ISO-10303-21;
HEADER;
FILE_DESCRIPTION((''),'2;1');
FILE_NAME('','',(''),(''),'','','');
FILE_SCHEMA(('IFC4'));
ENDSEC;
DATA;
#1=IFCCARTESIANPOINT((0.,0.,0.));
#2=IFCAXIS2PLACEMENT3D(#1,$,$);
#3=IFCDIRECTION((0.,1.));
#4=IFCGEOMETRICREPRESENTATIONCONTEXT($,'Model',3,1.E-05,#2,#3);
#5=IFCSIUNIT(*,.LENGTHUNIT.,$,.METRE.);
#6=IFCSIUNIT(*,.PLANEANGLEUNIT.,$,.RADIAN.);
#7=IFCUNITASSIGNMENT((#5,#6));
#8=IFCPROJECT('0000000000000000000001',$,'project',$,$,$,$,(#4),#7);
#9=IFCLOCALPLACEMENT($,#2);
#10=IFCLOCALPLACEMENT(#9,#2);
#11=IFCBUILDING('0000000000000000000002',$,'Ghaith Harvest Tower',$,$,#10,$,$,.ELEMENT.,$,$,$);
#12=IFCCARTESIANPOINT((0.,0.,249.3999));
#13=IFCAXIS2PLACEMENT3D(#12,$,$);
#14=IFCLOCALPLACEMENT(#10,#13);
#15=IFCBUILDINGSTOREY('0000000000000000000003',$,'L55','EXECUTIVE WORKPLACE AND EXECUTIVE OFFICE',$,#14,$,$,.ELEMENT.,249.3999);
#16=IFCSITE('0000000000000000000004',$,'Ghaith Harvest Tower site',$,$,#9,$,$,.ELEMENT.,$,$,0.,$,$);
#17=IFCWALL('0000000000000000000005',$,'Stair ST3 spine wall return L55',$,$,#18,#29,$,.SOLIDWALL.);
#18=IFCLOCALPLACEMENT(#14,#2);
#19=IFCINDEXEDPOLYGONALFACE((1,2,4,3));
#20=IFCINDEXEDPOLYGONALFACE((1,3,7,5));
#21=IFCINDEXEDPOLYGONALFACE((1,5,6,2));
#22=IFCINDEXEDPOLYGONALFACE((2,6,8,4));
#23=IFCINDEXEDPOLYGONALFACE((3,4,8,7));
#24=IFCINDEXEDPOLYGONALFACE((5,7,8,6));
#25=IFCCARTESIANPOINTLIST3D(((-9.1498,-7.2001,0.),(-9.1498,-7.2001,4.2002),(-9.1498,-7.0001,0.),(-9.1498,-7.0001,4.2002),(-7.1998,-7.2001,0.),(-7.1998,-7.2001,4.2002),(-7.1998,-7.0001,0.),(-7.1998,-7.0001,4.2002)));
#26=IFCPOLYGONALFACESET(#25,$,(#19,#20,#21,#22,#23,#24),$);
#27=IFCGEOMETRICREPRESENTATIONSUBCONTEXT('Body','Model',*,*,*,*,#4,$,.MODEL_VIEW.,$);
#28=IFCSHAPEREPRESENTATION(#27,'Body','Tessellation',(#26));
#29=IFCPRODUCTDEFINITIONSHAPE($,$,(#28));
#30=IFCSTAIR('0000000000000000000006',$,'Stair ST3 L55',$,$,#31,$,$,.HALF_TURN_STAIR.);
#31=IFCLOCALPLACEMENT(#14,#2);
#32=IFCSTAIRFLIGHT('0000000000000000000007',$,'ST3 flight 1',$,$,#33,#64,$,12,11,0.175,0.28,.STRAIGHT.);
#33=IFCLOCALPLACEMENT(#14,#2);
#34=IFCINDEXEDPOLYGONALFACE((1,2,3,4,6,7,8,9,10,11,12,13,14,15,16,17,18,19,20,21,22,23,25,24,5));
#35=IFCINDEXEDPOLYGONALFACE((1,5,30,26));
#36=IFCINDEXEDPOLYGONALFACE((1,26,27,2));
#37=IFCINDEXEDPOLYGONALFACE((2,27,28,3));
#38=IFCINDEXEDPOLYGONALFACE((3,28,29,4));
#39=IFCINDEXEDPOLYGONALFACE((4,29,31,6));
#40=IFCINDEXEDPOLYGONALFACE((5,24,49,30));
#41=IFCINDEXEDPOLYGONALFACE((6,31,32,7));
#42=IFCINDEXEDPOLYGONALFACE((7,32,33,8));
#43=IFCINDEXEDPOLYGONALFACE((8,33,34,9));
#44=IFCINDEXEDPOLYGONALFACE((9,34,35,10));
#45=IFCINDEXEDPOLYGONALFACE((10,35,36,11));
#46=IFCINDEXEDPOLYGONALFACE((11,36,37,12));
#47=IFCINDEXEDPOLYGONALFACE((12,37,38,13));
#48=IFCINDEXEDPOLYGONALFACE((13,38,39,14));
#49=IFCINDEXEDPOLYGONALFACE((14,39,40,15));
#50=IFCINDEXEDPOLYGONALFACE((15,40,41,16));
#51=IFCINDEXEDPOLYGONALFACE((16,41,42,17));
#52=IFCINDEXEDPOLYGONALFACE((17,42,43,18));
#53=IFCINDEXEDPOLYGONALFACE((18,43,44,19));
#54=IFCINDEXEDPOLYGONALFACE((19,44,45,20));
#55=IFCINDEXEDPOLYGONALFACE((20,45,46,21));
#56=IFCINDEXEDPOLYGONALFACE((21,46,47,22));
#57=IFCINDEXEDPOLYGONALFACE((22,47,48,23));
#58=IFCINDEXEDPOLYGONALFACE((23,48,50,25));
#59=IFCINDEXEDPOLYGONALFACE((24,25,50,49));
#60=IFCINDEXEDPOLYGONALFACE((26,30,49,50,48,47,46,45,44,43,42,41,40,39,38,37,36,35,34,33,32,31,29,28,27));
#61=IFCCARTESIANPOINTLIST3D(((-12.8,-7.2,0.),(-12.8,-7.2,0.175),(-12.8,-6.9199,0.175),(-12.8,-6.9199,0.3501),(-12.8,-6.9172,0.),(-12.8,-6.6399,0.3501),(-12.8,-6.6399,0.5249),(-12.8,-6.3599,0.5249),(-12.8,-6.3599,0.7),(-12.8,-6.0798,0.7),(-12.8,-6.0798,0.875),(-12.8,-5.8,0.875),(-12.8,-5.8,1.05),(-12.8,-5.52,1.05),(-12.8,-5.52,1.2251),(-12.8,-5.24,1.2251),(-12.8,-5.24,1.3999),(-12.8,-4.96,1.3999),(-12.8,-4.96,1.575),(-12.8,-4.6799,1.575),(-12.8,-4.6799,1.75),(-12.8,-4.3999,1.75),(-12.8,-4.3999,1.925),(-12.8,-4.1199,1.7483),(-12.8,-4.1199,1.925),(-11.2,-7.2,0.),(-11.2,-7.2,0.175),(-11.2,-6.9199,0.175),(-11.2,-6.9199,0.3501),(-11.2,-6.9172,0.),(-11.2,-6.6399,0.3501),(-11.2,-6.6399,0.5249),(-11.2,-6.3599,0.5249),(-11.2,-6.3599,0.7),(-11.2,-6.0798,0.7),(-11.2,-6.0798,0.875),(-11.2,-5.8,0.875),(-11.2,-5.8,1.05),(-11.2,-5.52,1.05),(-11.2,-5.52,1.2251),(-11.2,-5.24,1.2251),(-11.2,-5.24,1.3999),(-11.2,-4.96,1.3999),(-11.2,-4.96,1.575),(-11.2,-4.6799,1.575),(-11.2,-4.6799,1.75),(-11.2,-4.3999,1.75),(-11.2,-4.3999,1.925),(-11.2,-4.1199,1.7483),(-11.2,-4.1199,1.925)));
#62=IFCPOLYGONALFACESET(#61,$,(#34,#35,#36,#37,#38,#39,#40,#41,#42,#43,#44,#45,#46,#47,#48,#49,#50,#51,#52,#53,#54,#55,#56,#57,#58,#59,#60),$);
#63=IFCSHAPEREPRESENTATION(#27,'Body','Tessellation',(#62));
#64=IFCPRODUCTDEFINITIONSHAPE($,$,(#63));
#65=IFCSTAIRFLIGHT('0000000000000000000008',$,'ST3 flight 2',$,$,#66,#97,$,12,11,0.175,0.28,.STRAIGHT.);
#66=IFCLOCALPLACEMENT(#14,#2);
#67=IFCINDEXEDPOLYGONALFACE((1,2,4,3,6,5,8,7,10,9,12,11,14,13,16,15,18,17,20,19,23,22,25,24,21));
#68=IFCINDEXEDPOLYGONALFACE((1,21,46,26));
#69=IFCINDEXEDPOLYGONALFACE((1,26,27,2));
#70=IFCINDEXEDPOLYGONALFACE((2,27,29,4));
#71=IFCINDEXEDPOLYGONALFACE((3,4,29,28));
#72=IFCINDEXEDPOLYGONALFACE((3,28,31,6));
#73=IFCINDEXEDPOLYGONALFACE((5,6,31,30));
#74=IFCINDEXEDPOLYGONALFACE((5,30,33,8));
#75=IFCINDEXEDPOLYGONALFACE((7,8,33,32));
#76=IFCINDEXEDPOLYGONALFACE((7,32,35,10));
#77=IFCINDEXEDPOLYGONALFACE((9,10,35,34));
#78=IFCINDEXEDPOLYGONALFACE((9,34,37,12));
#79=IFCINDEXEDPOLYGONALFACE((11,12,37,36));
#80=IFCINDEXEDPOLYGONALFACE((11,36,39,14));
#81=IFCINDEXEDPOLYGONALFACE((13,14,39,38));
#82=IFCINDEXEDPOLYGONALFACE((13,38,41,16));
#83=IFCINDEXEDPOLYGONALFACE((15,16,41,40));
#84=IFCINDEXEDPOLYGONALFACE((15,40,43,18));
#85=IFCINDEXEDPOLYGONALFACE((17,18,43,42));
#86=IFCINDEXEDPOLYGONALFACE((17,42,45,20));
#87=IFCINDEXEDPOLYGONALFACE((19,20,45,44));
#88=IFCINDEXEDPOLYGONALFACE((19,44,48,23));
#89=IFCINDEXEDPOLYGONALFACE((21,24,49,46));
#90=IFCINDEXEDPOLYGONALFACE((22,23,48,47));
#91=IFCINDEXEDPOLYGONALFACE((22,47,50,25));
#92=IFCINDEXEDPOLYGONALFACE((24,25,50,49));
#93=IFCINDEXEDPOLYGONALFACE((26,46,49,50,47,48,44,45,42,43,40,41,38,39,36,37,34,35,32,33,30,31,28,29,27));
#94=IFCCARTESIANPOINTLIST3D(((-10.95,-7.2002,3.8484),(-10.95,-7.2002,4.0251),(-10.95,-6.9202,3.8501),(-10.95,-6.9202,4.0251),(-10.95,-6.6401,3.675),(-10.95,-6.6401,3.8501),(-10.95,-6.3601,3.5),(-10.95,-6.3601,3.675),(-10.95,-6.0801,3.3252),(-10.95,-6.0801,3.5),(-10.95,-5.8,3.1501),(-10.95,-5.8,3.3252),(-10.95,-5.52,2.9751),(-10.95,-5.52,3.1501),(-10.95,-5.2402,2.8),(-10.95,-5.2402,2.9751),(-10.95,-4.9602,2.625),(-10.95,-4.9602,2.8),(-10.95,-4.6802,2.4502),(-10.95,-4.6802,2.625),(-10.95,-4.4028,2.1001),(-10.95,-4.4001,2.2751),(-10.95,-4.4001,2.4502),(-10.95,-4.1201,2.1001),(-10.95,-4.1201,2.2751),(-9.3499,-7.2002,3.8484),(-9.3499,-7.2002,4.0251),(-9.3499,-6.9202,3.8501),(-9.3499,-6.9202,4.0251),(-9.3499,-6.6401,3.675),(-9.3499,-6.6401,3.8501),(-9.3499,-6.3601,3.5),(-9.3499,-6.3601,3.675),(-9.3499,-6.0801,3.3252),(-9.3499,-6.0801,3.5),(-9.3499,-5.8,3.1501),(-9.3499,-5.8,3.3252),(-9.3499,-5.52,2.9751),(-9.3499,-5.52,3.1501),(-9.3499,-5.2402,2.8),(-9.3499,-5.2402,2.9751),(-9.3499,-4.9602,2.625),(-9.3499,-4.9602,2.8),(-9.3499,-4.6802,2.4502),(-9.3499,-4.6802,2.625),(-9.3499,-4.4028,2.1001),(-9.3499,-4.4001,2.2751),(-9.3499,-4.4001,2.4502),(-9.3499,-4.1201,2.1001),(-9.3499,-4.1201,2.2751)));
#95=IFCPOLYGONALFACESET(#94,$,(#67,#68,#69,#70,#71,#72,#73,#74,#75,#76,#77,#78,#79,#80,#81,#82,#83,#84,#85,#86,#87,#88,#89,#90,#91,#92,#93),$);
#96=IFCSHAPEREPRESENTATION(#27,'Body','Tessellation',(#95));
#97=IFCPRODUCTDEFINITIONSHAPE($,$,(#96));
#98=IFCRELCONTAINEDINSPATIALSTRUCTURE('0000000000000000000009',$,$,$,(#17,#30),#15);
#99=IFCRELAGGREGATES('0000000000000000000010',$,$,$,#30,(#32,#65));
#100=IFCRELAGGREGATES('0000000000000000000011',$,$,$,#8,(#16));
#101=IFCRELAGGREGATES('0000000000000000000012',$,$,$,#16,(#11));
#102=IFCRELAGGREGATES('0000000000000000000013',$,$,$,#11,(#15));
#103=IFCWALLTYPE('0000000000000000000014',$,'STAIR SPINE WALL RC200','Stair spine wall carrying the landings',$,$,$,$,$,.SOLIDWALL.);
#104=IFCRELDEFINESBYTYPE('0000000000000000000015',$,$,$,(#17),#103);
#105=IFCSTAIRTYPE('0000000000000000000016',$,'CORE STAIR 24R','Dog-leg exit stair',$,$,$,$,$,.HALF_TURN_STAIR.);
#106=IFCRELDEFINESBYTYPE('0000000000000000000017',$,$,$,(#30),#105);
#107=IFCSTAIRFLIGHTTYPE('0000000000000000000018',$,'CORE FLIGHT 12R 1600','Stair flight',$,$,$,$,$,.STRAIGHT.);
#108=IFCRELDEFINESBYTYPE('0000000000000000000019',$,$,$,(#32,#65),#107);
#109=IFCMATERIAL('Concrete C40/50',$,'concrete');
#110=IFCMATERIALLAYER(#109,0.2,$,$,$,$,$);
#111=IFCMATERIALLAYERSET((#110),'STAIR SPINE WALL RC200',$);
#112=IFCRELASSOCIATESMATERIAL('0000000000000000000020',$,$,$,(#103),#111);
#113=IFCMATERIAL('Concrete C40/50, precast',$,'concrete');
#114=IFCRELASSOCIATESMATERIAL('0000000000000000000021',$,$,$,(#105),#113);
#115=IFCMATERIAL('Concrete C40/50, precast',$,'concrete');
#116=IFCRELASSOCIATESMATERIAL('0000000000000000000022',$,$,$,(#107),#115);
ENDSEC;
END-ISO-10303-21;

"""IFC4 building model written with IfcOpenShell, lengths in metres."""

from ifc_helpers import new_model, si_unit, direction, frame, frame_2d, origin, place, context, subcontext, project, spatial, polyline, rectangle, outline, extrude, material, layer, layer_set, type_object, element, aggregate, save


model = new_model("IFC4")

# Units and contexts
model_context = context("Model", 3, precision=1e-05, world=origin(), true_north=direction((0.0, 1.0)))
body_context = subcontext(model_context, "Body", "Model", "MODEL_VIEW")
ifc_project = project(units=[si_unit("LENGTHUNIT", "METRE"), si_unit("PLANEANGLEUNIT", "RADIAN")], contexts=[model_context])

# Site, building, storey
site_placement = place(None, origin())
site = spatial("IfcSite", under=ifc_project, at=site_placement, Name="Ghaith Harvest Tower site", CompositionType="ELEMENT", RefElevation=0.0)
building_placement = place(site_placement, origin())
building = spatial("IfcBuilding", under=site, at=building_placement, Name="Ghaith Harvest Tower", CompositionType="ELEMENT")
storey_placement = place(building_placement, frame((0.0, 0.0, 249.3999)))
storey = spatial("IfcBuildingStorey", under=building, at=storey_placement, Name="L55", Description="EXECUTIVE WORKPLACE AND EXECUTIVE OFFICE", CompositionType="ELEMENT", Elevation=249.3999)

# Wall
ifc_material_1 = material(Name="Concrete C40/50", Category="concrete")
ifc_layer_1 = layer(ifc_material_1, 0.2)
ifc_layer_set_1 = layer_set([ifc_layer_1], Name="STAIR SPINE WALL RC200")
wall_type_1 = type_object("IfcWallType", Name="STAIR SPINE WALL RC200", Description="Stair spine wall carrying the landings", PredefinedType="SOLIDWALL", material=ifc_layer_set_1)
wall_1_placement = place(storey_placement, frame((-9.1499, -7.1001, 0.0), z_axis=(0.0, 0.0, 1.0), x_axis=(1.0, 0.0, 0.0)))
element("IfcWall", 1, at=wall_1_placement, inside=storey, type_object=wall_type_1, Name="Stair ST3 spine wall return L55", PredefinedType="SOLIDWALL", context=body_context, shape_type="SweptSolid", body=[
    extrude(rectangle(XDim=1.95, YDim=0.2, at=frame_2d((0.9751, 0.0))), origin(), (0.0, 0.0, 1.0), 4.2002),
])

# Stair, stair flights
ifc_material_2 = material(Name="Concrete C40/50, precast", Category="concrete")
stair_type = type_object("IfcStairType", Name="CORE STAIR 24R", Description="Dog-leg exit stair", PredefinedType="HALF_TURN_STAIR", material=ifc_material_2)
stair_placement = place(storey_placement, origin())
stair = element("IfcStair", 2, at=stair_placement, inside=storey, type_object=stair_type, Name="Stair ST3 L55", PredefinedType="HALF_TURN_STAIR")
ifc_material_3 = material(Name="Concrete C40/50, precast", Category="concrete")
stair_flight_type = type_object("IfcStairFlightType", Name="CORE FLIGHT 12R 1600", Description="Stair flight", PredefinedType="STRAIGHT", material=ifc_material_3)
stair_flight_1_placement = place(storey_placement, frame((-12.0, -7.2, 0.0), z_axis=(0.0, 0.0, 1.0), x_axis=(0.0, 1.0, 0.0)))
stair_flight_1 = element("IfcStairFlight", 3, at=stair_flight_1_placement, type_object=stair_flight_type, Name="ST3 flight 1", NumberOfRisers=12, NumberOfTreads=11, PredefinedType="STRAIGHT", RiserHeight=0.175, TreadLength=0.28, context=body_context, shape_type="SweptSolid", body=[
    extrude(outline(polyline([(0.0, 0.0), (0.0, 0.175), (0.28, 0.175), (0.28, 0.3501), (0.5601, 0.3501), (0.5601, 0.5249), (0.8401, 0.5249), (0.8401, 0.7), (1.1201, 0.7), (1.1201, 0.875), (1.3999, 0.875), (1.3999, 1.05), (1.6799, 1.05), (1.6799, 1.2251), (1.96, 1.2251), (1.96, 1.3999), (2.24, 1.3999), (2.24, 1.575), (2.52, 1.575), (2.52, 1.75), (2.8, 1.75), (2.8, 1.925), (3.0801, 1.925), (3.0801, 2.1001), (3.0801, 1.7483), (0.2827, 0.0), (0.0, 0.0)])), frame((0.0, 0.8, 0.0), z_axis=(0.0, -1.0, 0.0), x_axis=(1.0, 0.0, 0.0)), (0.0, 0.0, 1.0), 1.6001),
])
stair_flight_2_placement = place(storey_placement, frame((-10.1499, -4.1201, 2.1001), z_axis=(0.0, 0.0, 1.0), x_axis=(0.0, -1.0, 0.0)))
stair_flight_2 = element("IfcStairFlight", 4, at=stair_flight_2_placement, type_object=stair_flight_type, Name="ST3 flight 2", NumberOfRisers=12, NumberOfTreads=11, PredefinedType="STRAIGHT", RiserHeight=0.175, TreadLength=0.28, context=body_context, shape_type="SweptSolid", body=[
    extrude(outline(polyline([(0.0, 0.0), (0.0, 0.175), (0.28, 0.175), (0.28, 0.3501), (0.5601, 0.3501), (0.5601, 0.5249), (0.8401, 0.5249), (0.8401, 0.7), (1.1201, 0.7), (1.1201, 0.875), (1.3999, 0.875), (1.3999, 1.05), (1.6799, 1.05), (1.6799, 1.2251), (1.96, 1.2251), (1.96, 1.3999), (2.24, 1.3999), (2.24, 1.575), (2.52, 1.575), (2.52, 1.75), (2.8, 1.75), (2.8, 1.925), (3.0801, 1.925), (3.0801, 2.1001), (3.0801, 1.7483), (0.2827, 0.0), (0.0, 0.0)])), frame((0.0, 0.8, 0.0), z_axis=(0.0, -1.0, 0.0), x_axis=(1.0, 0.0, 0.0)), (0.0, 0.0, 1.0), 1.6001),
])
aggregate(stair, [stair_flight_1, stair_flight_2])

save(model, "model.ifc")
